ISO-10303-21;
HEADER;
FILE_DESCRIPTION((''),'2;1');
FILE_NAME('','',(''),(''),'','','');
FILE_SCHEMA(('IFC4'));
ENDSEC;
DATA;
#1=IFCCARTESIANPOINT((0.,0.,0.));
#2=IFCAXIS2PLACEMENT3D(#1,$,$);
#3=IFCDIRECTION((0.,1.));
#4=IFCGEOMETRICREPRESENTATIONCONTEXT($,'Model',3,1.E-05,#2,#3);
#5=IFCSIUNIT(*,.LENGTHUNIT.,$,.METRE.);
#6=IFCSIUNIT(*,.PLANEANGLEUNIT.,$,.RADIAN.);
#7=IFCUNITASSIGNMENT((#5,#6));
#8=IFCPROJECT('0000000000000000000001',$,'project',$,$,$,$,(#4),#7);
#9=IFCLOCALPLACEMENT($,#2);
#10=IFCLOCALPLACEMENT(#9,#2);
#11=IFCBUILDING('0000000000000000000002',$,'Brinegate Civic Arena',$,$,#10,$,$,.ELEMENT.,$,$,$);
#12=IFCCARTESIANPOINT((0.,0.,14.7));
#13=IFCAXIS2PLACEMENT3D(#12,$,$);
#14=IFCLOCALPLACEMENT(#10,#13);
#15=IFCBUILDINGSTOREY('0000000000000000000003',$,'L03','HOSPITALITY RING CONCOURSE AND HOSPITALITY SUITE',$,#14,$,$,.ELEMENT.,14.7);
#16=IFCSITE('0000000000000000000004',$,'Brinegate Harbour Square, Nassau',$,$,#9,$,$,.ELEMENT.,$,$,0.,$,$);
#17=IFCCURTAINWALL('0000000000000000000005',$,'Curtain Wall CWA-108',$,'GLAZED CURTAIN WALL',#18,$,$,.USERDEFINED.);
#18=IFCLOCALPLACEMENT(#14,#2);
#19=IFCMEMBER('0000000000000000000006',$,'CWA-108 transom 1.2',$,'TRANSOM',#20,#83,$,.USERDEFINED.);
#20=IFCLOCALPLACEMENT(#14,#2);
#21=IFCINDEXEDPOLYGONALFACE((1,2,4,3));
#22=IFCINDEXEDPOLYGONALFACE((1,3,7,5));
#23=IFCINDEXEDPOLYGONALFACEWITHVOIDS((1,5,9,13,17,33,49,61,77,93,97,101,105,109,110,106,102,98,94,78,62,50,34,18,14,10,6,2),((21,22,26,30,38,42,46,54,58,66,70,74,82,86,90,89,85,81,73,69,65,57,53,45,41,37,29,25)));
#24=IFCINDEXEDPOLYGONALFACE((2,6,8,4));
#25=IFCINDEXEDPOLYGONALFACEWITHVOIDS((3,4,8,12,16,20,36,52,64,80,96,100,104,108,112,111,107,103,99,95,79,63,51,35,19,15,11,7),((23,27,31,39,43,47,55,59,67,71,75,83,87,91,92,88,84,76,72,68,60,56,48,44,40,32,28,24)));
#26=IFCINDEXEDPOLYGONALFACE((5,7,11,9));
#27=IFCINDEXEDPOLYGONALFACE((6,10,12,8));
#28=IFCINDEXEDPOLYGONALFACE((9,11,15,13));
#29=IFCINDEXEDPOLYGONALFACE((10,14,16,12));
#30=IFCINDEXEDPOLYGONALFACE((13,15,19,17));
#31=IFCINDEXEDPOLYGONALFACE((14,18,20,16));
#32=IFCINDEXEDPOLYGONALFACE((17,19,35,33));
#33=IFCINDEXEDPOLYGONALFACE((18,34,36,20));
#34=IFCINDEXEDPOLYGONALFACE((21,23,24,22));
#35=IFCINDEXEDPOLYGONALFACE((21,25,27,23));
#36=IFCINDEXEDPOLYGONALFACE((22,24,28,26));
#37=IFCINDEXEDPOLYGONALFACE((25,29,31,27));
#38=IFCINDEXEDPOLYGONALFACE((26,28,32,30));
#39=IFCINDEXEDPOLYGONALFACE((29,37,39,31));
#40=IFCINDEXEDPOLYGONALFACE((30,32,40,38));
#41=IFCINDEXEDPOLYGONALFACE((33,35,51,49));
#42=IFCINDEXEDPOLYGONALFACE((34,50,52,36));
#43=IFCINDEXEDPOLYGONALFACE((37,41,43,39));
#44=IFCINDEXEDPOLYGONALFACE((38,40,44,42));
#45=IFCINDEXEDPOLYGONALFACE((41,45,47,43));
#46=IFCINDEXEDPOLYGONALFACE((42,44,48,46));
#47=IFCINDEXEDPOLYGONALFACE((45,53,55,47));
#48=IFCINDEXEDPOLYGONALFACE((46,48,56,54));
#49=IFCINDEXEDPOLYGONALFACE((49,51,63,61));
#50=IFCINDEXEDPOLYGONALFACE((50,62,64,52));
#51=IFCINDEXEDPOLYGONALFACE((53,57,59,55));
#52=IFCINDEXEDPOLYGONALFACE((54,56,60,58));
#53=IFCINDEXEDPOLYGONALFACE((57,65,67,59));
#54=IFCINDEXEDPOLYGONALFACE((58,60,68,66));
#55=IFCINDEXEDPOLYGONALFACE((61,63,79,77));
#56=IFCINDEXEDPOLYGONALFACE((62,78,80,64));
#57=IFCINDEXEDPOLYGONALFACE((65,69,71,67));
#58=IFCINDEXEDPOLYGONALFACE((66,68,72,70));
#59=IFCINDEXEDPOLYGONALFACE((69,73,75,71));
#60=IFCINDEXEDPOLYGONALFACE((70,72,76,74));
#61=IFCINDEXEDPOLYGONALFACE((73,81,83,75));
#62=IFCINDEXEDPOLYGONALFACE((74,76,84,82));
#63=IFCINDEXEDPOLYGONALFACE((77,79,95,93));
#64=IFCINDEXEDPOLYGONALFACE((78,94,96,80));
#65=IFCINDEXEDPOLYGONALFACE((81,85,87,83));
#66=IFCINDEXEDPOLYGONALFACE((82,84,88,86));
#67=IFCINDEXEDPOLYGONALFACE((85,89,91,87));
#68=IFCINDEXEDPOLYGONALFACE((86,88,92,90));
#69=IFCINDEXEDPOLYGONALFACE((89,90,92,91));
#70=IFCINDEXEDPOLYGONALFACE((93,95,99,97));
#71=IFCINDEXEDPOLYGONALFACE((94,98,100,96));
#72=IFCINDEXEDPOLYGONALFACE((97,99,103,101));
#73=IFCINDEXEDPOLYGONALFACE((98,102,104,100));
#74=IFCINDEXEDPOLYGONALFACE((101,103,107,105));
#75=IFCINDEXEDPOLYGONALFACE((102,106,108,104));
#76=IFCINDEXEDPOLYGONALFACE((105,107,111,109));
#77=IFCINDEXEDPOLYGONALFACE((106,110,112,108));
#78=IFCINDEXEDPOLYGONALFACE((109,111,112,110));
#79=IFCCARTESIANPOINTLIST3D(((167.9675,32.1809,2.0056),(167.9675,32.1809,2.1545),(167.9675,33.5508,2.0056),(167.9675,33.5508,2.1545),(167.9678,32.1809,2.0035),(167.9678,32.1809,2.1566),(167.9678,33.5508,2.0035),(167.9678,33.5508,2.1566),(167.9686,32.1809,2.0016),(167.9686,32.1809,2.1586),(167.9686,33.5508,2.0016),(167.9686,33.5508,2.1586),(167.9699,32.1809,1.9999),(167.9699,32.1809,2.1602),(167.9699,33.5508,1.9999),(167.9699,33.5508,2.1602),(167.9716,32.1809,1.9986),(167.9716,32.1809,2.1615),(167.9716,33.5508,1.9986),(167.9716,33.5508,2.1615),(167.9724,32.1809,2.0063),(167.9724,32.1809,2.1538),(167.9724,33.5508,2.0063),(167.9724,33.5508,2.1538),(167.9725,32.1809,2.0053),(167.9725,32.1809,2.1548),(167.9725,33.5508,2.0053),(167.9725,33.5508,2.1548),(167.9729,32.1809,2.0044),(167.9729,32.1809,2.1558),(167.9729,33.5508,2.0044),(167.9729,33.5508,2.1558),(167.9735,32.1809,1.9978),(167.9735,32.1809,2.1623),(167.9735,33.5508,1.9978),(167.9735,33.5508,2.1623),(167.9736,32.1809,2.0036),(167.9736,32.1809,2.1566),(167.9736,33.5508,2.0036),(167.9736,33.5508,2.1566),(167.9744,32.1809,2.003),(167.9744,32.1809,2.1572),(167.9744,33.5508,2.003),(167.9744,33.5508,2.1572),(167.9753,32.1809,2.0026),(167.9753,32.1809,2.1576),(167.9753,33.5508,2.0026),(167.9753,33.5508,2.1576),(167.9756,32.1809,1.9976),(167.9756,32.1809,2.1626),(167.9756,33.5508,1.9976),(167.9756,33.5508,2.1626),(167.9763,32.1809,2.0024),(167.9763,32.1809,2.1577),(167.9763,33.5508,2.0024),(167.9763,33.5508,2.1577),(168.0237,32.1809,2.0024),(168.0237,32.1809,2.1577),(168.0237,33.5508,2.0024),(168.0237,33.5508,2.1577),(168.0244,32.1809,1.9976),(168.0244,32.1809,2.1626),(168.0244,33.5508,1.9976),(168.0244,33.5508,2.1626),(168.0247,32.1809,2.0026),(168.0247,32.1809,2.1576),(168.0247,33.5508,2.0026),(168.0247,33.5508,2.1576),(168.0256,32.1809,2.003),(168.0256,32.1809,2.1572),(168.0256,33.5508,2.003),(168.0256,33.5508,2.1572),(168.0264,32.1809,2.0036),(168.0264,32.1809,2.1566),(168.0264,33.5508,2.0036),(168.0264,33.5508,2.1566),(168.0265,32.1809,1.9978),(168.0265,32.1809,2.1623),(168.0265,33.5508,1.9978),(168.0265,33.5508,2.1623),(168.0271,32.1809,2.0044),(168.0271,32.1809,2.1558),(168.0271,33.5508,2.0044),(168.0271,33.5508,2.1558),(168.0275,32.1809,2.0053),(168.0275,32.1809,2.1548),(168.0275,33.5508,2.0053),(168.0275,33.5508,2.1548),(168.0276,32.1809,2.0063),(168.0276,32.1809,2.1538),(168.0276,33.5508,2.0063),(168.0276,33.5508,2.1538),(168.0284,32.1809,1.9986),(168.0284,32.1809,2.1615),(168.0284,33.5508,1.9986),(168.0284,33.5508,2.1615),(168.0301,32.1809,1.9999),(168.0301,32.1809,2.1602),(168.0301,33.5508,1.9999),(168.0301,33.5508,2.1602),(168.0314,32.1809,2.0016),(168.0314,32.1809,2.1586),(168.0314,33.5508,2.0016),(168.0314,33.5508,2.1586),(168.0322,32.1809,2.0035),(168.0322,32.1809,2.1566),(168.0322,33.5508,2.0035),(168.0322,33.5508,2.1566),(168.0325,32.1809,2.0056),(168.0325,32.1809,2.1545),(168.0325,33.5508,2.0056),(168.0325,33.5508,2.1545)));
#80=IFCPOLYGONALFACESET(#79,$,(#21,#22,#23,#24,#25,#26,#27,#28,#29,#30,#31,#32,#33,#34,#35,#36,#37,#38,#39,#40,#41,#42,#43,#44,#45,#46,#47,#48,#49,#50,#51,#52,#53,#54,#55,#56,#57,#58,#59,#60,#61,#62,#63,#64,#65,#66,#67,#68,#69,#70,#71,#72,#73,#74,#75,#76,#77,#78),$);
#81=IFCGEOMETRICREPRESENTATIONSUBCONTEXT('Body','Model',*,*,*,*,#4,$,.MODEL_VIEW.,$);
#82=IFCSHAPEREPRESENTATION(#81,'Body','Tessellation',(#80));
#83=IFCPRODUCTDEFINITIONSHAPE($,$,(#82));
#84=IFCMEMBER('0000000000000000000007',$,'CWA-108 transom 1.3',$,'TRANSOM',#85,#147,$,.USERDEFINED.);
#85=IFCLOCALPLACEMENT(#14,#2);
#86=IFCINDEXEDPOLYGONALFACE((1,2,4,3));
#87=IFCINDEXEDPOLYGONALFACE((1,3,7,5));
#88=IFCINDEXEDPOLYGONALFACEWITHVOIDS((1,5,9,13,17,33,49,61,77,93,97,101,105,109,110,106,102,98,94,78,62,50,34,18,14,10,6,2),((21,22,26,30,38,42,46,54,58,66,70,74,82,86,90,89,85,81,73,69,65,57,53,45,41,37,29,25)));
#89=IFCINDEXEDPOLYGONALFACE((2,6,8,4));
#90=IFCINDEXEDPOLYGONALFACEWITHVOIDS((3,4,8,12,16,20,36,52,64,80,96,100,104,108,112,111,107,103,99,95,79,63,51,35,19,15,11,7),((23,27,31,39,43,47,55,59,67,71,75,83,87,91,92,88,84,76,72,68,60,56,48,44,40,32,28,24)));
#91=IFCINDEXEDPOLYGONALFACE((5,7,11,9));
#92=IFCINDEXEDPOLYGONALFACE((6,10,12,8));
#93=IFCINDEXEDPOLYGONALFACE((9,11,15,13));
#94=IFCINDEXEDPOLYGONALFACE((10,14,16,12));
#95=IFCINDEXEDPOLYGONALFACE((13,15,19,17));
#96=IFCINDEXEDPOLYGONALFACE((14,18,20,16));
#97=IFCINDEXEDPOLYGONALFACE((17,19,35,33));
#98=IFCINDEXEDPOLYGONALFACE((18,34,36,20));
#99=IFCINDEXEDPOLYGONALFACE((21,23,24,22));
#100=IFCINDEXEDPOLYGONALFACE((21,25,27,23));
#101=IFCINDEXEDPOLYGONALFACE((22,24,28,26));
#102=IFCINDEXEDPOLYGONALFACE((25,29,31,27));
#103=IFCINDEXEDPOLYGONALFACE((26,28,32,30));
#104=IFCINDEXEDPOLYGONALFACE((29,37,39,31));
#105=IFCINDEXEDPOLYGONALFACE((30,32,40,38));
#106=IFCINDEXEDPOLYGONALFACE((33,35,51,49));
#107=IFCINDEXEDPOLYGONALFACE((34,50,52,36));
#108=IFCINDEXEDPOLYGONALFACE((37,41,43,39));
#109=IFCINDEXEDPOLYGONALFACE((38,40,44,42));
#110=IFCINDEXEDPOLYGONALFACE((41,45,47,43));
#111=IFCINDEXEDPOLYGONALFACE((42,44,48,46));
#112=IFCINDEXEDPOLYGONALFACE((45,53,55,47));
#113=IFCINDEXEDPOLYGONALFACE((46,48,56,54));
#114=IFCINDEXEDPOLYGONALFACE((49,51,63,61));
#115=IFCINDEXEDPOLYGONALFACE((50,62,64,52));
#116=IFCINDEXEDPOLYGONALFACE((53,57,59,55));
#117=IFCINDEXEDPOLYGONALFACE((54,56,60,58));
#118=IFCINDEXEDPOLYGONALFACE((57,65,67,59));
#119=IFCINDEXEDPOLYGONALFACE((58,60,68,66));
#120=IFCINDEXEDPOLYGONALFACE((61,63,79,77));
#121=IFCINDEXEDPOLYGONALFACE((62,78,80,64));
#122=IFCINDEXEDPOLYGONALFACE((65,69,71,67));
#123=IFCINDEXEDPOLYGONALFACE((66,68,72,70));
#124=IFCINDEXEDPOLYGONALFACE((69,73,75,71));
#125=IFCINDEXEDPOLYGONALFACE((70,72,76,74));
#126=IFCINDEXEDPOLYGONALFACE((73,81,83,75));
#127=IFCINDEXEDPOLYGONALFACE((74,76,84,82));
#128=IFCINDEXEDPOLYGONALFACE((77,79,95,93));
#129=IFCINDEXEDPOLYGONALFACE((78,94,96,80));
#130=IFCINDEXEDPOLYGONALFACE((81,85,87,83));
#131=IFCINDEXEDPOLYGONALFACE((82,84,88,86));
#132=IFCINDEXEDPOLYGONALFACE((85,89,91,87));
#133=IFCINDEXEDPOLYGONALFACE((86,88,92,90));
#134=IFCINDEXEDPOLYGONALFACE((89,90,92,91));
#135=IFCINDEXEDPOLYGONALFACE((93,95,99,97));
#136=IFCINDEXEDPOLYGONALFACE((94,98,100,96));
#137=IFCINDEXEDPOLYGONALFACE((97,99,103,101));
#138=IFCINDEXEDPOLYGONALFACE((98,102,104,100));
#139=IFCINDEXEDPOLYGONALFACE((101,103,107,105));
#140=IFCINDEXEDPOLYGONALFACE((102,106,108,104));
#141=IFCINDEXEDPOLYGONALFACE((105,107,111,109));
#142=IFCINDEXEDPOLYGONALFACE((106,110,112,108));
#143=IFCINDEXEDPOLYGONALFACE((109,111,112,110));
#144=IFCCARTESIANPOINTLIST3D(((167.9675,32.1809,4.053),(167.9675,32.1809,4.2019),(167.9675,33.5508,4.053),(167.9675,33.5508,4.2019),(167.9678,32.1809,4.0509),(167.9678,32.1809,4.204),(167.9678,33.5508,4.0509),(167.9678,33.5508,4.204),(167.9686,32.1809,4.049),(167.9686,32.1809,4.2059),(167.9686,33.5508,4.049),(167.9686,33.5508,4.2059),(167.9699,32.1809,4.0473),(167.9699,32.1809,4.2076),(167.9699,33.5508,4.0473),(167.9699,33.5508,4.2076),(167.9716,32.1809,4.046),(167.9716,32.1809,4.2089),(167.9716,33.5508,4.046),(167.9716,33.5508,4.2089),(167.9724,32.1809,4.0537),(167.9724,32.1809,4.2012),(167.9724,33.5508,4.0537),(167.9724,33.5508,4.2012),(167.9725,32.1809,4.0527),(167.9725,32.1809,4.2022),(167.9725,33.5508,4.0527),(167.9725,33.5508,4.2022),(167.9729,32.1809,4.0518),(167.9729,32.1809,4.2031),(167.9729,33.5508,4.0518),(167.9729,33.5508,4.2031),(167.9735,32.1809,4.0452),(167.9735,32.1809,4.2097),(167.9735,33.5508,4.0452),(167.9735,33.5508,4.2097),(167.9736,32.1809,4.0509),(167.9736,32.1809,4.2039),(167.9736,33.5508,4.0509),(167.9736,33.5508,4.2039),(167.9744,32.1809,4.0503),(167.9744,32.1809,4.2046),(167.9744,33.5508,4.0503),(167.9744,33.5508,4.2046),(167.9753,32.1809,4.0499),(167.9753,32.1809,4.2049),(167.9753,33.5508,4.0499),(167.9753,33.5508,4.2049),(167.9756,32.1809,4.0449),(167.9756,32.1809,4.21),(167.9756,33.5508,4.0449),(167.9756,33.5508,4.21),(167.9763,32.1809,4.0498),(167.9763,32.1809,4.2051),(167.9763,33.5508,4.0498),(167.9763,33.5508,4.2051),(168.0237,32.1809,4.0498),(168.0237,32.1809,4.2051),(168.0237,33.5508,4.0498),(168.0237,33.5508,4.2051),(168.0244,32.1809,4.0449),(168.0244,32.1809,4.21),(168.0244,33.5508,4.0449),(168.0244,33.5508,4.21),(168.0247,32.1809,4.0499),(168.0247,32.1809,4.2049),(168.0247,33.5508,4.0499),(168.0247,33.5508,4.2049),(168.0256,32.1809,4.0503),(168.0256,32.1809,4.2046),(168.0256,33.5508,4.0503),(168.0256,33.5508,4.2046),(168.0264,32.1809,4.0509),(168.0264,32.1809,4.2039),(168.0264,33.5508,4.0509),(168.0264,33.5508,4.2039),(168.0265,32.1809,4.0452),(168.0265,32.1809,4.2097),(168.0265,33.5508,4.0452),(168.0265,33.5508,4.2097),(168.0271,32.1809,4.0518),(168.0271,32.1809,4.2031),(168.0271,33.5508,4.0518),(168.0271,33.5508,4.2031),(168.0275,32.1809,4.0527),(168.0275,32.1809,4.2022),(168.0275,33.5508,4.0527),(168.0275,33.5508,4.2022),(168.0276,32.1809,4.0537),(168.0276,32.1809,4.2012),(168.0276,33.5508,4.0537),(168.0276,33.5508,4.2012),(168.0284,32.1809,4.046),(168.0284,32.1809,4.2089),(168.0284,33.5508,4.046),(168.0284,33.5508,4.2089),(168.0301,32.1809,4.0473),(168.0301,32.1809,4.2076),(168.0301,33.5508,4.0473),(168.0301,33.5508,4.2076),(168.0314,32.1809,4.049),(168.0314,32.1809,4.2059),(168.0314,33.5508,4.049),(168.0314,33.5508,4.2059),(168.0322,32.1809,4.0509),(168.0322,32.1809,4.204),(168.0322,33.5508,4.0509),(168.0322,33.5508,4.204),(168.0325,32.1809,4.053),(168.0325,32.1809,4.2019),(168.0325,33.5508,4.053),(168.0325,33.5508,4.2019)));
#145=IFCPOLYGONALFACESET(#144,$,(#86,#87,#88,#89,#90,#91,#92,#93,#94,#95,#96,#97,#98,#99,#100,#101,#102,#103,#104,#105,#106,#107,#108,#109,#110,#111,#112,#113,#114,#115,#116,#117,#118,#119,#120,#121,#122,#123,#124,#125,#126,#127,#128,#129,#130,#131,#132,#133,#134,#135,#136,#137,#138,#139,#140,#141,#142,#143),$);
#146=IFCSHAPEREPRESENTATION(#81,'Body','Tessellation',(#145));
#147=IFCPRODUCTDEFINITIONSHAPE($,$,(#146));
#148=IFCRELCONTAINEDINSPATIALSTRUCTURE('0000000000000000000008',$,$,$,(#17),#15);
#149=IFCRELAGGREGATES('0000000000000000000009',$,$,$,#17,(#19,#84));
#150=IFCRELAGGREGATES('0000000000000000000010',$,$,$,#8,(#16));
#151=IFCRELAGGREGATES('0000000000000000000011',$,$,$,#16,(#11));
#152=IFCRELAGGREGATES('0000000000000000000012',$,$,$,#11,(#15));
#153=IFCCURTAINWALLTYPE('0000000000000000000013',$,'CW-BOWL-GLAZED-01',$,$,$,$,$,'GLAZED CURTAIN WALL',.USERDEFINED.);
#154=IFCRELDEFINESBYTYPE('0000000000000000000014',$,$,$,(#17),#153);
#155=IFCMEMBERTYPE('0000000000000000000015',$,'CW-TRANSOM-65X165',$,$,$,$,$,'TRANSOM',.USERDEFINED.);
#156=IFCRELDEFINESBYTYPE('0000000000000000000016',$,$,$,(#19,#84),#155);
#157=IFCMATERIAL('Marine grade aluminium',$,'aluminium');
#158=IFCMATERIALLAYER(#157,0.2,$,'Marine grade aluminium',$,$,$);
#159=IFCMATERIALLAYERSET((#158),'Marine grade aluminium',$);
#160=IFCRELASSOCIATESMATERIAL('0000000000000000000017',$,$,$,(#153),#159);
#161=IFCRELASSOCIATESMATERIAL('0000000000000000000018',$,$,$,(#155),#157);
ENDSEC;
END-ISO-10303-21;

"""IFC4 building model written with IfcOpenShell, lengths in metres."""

from ifc_helpers import new_model, si_unit, direction, frame, origin, origin_2d, place, context, subcontext, project, spatial, hollow_rectangle, extrude, material, layer, layer_set, material_profile, profile_set, type_object, element, aggregate, save


model = new_model("IFC4")

# Units and contexts
model_context = context("Model", 3, precision=1e-05, world=origin(), true_north=direction((0.0, 1.0)))
body_context = subcontext(model_context, "Body", "Model", "MODEL_VIEW")
ifc_project = project(units=[si_unit("LENGTHUNIT", "METRE"), si_unit("PLANEANGLEUNIT", "RADIAN")], contexts=[model_context])

# Site, building, storey
site_placement = place(None, origin())
site = spatial("IfcSite", under=ifc_project, at=site_placement, Name="Brinegate Harbour Square, Nassau", CompositionType="ELEMENT", RefElevation=0.0)
building_placement = place(site_placement, origin())
building = spatial("IfcBuilding", under=site, at=building_placement, Name="Brinegate Civic Arena", CompositionType="ELEMENT")
storey_placement = place(building_placement, frame((0.0, 0.0, 14.7)))
storey = spatial("IfcBuildingStorey", under=building, at=storey_placement, Name="L03", Description="HOSPITALITY RING CONCOURSE AND HOSPITALITY SUITE", CompositionType="ELEMENT", Elevation=14.7)

# Curtain wall, members
ifc_material_1 = material(Name="Marine grade aluminium", Category="aluminium")
ifc_layer_1 = layer(ifc_material_1, 0.2, Name="Marine grade aluminium")
ifc_layer_set_1 = layer_set([ifc_layer_1], Name="Marine grade aluminium")
curtain_wall_type = type_object("IfcCurtainWallType", Name="CW-BOWL-GLAZED-01", ElementType="GLAZED CURTAIN WALL", PredefinedType="USERDEFINED", material=ifc_layer_set_1)
curtain_wall_placement = place(storey_placement, origin())
curtain_wall = element("IfcCurtainWall", 1, at=curtain_wall_placement, inside=storey, type_object=curtain_wall_type, Name="Curtain Wall CWA-108", ObjectType="GLAZED CURTAIN WALL", PredefinedType="USERDEFINED")
ifc_material_profile_1 = material_profile(ifc_material_1, hollow_rectangle(XDim=0.0649, YDim=0.165, WallThickness=0.0049, InnerFilletRadius=0.0039, OuterFilletRadius=0.0081, at=origin_2d()), Name="TRN65X165")
ifc_profile_set_1 = profile_set([ifc_material_profile_1], Name="Marine grade aluminium")
member_type_1 = type_object("IfcMemberType", Name="CW-TRANSOM-65X165", ElementType="TRANSOM", PredefinedType="USERDEFINED", material=ifc_profile_set_1)
member_1_placement = place(storey_placement, frame((168.0, 32.1809, 2.0801), z_axis=(0.0, 1.0, 0.0), x_axis=(-1.0, 0.0, 0.0)))
member_1 = element("IfcMember", 2, at=member_1_placement, type_object=member_type_1, Name="CWA-108 transom 1.2", ObjectType="TRANSOM", PredefinedType="USERDEFINED", context=body_context, shape_type="SweptSolid", body=[
    extrude(hollow_rectangle(XDim=0.0649, YDim=0.165, WallThickness=0.0049, InnerFilletRadius=0.0039, OuterFilletRadius=0.0081, at=origin_2d()), origin(), (0.0, 0.0, 1.0), 1.3699),
])
member_2_placement = place(storey_placement, frame((168.0, 32.1809, 4.1274), z_axis=(0.0, 1.0, 0.0), x_axis=(-1.0, 0.0, 0.0)))
member_2 = element("IfcMember", 3, at=member_2_placement, type_object=member_type_1, Name="CWA-108 transom 1.3", ObjectType="TRANSOM", PredefinedType="USERDEFINED", context=body_context, shape_type="SweptSolid", body=[
    extrude(hollow_rectangle(XDim=0.0649, YDim=0.165, WallThickness=0.0049, InnerFilletRadius=0.0039, OuterFilletRadius=0.0081, at=origin_2d()), origin(), (0.0, 0.0, 1.0), 1.3699),
])
aggregate(curtain_wall, [member_1, member_2])

save(model, "model.ifc")
